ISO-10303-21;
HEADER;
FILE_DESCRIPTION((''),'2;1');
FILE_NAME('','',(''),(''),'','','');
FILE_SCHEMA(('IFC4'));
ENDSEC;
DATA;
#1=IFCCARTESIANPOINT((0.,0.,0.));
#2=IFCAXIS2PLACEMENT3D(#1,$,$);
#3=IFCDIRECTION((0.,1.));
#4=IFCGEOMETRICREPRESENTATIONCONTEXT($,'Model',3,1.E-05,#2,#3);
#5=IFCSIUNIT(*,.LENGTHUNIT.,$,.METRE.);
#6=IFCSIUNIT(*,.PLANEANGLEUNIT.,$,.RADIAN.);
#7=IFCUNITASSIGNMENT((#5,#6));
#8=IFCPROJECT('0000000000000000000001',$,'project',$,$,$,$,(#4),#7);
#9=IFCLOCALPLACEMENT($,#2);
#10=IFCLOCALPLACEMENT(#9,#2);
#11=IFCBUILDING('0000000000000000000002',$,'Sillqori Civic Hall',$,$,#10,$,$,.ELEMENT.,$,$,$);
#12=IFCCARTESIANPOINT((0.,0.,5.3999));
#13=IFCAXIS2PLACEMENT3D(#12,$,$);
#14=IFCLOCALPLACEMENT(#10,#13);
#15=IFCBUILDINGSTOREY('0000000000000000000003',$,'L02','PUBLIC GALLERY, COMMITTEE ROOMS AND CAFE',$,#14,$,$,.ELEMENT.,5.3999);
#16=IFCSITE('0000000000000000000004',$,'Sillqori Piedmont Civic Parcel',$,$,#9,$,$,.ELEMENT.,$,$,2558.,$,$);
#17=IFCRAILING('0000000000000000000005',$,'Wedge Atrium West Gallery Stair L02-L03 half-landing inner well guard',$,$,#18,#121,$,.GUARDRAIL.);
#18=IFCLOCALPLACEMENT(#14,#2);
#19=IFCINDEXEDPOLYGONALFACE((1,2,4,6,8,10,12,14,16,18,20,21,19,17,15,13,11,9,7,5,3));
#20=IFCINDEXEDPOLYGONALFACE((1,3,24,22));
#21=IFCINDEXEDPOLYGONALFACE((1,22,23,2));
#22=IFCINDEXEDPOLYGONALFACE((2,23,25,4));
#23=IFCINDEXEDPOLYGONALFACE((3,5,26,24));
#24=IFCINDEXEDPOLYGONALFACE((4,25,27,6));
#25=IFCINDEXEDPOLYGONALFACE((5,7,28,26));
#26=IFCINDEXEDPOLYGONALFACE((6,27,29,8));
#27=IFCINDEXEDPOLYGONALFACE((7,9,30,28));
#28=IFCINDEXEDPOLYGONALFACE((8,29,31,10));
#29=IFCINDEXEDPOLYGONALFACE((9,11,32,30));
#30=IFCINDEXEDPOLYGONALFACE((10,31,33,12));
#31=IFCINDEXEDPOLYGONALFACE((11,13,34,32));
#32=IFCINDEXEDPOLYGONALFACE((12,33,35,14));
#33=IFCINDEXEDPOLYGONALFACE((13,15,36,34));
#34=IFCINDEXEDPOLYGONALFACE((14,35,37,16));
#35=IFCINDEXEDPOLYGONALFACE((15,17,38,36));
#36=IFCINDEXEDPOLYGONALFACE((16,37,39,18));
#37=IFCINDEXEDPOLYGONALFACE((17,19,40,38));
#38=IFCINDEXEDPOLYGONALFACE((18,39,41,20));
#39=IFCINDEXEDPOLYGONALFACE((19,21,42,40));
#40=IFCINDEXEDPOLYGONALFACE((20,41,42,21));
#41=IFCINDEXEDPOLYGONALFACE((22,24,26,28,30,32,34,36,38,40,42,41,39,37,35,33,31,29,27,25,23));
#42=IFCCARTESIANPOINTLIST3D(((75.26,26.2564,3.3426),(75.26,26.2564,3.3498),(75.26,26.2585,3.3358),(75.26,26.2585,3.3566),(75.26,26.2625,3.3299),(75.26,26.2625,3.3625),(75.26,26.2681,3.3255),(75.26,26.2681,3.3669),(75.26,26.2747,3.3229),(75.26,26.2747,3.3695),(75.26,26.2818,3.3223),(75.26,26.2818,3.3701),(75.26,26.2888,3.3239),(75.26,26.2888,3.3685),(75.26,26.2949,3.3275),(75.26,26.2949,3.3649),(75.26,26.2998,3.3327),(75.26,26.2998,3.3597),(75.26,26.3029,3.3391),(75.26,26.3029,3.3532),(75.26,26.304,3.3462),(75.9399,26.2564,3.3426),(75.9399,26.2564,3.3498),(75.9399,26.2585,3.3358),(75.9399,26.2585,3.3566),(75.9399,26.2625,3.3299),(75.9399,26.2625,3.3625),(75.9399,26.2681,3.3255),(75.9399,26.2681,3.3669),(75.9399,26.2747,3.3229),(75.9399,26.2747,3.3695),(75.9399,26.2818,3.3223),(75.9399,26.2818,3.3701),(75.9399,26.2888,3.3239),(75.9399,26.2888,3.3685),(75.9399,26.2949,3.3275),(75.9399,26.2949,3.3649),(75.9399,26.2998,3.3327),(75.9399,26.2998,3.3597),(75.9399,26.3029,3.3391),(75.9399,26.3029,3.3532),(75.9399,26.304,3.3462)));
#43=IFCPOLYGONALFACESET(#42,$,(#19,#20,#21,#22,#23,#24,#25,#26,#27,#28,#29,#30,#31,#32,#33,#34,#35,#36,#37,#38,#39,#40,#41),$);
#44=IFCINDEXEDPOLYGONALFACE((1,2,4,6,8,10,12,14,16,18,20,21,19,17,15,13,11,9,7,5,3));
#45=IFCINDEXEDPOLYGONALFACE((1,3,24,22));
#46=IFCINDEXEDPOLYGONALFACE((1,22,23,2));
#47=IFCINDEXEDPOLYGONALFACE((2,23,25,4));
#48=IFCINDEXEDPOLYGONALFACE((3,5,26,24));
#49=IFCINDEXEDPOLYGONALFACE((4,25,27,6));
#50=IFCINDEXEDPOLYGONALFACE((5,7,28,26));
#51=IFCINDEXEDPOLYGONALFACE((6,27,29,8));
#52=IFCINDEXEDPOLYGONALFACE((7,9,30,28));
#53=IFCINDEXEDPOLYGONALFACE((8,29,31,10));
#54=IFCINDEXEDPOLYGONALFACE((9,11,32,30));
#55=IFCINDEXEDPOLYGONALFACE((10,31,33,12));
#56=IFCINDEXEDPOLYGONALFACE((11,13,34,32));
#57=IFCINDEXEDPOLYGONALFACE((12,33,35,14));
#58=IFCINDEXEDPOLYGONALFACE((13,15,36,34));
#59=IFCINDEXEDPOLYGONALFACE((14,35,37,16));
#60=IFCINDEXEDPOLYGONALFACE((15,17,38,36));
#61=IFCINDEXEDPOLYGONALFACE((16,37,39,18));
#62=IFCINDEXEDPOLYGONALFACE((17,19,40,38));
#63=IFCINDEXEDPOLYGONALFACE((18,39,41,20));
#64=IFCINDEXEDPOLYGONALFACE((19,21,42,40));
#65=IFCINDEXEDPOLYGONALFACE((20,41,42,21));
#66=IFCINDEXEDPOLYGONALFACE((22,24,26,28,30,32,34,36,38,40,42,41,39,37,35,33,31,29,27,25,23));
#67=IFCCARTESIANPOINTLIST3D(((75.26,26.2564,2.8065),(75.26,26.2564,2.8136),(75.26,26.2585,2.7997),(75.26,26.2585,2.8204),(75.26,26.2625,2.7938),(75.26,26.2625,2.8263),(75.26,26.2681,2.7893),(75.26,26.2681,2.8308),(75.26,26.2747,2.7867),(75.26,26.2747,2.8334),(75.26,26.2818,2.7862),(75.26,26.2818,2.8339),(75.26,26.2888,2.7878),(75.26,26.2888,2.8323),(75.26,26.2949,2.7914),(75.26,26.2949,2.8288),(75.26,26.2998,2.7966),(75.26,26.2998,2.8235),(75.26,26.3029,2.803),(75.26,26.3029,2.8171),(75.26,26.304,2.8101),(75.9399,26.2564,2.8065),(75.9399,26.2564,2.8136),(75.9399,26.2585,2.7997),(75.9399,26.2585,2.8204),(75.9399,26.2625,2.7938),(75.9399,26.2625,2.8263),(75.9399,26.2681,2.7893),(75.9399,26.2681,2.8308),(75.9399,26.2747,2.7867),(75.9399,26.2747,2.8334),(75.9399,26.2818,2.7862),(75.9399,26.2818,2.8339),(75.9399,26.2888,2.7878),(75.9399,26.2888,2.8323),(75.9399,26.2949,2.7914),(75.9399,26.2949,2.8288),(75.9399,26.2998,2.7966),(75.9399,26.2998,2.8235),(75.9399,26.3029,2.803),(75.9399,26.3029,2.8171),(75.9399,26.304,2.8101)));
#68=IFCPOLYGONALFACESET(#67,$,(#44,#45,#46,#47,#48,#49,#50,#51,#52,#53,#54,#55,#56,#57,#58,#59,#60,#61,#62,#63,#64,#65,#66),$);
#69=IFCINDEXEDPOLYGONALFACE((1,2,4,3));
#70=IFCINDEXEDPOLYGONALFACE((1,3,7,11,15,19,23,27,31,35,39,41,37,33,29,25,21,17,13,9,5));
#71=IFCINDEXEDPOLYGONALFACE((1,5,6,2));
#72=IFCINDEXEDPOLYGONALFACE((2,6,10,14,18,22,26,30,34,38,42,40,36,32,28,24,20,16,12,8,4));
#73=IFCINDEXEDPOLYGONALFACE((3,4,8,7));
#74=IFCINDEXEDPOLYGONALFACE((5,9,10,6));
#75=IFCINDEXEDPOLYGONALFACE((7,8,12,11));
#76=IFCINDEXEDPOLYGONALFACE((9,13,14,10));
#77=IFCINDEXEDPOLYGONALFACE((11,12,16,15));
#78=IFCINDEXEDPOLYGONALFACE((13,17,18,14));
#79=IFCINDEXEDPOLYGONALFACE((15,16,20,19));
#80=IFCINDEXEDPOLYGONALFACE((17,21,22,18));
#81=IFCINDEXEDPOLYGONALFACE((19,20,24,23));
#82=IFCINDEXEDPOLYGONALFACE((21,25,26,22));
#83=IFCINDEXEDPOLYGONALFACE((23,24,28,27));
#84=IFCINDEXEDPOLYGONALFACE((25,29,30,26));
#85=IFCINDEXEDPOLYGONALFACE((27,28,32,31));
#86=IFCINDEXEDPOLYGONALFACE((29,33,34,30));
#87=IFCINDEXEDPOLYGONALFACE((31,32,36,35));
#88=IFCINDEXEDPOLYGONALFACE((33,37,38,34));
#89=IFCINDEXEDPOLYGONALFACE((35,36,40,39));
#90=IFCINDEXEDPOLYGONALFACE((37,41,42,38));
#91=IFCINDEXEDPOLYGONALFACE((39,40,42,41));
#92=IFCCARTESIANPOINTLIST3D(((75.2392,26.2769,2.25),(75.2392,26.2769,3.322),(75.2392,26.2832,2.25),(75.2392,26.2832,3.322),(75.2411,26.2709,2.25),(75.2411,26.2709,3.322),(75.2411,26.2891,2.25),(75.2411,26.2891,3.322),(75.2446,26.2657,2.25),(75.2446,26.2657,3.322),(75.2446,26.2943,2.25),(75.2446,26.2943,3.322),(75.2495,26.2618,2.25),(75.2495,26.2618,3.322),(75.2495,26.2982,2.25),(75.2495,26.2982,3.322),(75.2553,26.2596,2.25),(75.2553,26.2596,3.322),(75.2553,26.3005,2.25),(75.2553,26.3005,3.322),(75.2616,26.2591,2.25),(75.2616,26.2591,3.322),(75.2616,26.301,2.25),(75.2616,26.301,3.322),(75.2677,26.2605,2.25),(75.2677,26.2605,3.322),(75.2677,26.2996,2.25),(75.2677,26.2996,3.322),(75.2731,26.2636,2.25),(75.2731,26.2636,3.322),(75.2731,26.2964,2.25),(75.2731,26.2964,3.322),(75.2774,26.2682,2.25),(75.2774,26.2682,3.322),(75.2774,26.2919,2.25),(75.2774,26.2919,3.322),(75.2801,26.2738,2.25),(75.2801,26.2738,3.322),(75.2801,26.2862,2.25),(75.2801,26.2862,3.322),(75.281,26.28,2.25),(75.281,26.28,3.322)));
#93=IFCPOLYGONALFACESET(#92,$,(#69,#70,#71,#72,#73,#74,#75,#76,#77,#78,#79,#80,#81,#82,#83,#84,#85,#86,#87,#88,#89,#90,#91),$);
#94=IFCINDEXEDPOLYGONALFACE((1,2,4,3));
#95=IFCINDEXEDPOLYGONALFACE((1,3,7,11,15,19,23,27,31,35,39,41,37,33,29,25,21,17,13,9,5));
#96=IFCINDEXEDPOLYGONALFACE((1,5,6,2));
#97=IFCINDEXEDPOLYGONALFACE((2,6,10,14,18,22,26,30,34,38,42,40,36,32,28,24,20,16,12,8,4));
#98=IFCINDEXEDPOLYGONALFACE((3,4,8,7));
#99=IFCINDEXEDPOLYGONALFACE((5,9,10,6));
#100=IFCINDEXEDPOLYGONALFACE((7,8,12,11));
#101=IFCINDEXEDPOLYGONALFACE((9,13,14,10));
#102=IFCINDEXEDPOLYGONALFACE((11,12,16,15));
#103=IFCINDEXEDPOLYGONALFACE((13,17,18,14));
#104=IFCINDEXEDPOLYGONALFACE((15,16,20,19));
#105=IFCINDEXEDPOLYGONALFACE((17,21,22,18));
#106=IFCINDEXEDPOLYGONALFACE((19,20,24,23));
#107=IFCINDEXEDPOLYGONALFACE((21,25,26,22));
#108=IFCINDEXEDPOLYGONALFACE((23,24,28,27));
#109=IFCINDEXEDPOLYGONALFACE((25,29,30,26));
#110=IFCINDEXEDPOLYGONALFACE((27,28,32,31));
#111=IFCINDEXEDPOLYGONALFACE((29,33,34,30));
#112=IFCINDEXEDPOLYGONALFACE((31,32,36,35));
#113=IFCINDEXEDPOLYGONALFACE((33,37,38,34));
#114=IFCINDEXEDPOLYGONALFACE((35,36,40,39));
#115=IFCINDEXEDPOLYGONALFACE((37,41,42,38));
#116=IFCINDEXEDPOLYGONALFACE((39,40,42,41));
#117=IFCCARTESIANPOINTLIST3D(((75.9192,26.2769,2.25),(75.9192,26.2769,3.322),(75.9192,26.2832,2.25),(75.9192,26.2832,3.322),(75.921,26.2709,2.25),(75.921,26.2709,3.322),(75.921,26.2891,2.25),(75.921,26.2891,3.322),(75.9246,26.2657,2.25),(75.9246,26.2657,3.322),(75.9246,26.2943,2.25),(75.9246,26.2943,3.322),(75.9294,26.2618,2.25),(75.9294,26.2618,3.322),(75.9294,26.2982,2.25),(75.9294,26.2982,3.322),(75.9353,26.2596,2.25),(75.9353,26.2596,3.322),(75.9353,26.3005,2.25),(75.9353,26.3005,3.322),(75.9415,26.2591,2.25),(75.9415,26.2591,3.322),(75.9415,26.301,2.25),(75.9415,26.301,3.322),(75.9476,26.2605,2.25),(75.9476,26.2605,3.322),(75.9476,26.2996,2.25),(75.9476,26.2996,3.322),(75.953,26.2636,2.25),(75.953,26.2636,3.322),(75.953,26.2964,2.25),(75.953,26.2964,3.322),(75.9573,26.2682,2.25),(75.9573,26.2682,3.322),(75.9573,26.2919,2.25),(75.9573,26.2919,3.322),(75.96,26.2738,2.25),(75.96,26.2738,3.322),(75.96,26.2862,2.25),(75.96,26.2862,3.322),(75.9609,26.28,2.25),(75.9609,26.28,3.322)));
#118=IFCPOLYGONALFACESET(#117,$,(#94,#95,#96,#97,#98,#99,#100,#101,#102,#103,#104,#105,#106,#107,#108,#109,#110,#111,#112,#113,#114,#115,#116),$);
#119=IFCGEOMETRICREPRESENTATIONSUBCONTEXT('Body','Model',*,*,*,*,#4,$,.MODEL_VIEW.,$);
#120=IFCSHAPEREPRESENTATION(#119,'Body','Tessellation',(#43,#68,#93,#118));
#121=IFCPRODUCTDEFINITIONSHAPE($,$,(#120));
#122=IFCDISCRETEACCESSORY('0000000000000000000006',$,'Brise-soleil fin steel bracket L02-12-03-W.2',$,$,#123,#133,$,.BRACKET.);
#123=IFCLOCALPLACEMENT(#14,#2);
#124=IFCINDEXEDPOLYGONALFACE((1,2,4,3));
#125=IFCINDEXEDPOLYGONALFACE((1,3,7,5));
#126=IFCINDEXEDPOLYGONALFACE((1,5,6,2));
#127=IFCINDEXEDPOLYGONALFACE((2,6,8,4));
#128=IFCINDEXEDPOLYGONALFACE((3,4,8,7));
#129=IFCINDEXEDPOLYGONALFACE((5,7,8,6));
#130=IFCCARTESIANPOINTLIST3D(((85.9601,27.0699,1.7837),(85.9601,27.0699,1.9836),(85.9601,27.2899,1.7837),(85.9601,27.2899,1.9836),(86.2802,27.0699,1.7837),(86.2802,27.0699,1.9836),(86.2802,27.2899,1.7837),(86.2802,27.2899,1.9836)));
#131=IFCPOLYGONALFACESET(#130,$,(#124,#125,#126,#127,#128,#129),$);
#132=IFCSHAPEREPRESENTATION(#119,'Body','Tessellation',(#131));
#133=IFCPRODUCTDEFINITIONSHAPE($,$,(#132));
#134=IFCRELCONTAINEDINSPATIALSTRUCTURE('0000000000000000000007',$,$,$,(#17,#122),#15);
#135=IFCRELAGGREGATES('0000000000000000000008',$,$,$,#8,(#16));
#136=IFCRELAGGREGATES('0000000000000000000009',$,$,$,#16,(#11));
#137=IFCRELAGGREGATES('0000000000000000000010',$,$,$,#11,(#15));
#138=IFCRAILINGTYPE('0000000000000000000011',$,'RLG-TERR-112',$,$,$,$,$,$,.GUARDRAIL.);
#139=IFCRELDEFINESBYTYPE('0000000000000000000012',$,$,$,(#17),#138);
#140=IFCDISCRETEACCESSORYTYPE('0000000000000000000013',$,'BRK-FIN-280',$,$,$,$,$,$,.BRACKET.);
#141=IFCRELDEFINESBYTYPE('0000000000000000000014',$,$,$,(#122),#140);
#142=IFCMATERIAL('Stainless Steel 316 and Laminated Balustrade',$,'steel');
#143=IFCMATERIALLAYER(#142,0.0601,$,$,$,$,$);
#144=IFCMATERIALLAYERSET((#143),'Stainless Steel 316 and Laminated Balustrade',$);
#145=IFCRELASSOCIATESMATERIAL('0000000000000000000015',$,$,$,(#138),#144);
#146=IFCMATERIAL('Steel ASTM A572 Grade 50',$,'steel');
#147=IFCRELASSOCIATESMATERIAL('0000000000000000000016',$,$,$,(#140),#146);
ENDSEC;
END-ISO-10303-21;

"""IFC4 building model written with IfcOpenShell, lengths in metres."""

from ifc_helpers import new_model, si_unit, direction, frame, origin, origin_2d, place, context, subcontext, project, spatial, rectangle, circle, extrude, material, layer, layer_set, type_object, element, save


model = new_model("IFC4")

# Units and contexts
model_context = context("Model", 3, precision=1e-05, world=origin(), true_north=direction((0.0, 1.0)))
body_context = subcontext(model_context, "Body", "Model", "MODEL_VIEW")
ifc_project = project(units=[si_unit("LENGTHUNIT", "METRE"), si_unit("PLANEANGLEUNIT", "RADIAN")], contexts=[model_context])

# Site, building, storey
site_placement = place(None, origin())
site = spatial("IfcSite", under=ifc_project, at=site_placement, Name="Sillqori Piedmont Civic Parcel", CompositionType="ELEMENT", RefElevation=2558.0)
building_placement = place(site_placement, origin())
building = spatial("IfcBuilding", under=site, at=building_placement, Name="Sillqori Civic Hall", CompositionType="ELEMENT")
storey_placement = place(building_placement, frame((0.0, 0.0, 5.3999)))
storey = spatial("IfcBuildingStorey", under=building, at=storey_placement, Name="L02", Description="PUBLIC GALLERY, COMMITTEE ROOMS AND CAFE", CompositionType="ELEMENT", Elevation=5.3999)

# Railing
ifc_material_1 = material(Name="Stainless Steel 316 and Laminated Balustrade", Category="steel")
ifc_layer_1 = layer(ifc_material_1, 0.0601)
ifc_layer_set_1 = layer_set([ifc_layer_1], Name="Stainless Steel 316 and Laminated Balustrade")
railing_type_1 = type_object("IfcRailingType", Name="RLG-TERR-112", PredefinedType="GUARDRAIL", material=ifc_layer_set_1)
railing_1_placement = place(storey_placement, frame((75.26, 26.28, 2.25)))
element("IfcRailing", 1, at=railing_1_placement, inside=storey, type_object=railing_type_1, Name="Wedge Atrium West Gallery Stair L02-L03 half-landing inner well guard", PredefinedType="GUARDRAIL", context=body_context, shape_type="SweptSolid", body=[
    extrude(circle(Radius=0.0239, at=origin_2d()), frame((0.0, 0.0, 1.0962), z_axis=(1.0, 0.0, 0.0), x_axis=(0.0, 1.0, 0.0)), (0.0, 0.0, 1.0), 0.6799),
    extrude(circle(Radius=0.0239, at=origin_2d()), frame((0.0, 0.0, 0.5601), z_axis=(1.0, 0.0, 0.0), x_axis=(0.0, 1.0, 0.0)), (0.0, 0.0, 1.0), 0.6799),
    extrude(circle(Radius=0.021, at=origin_2d()), origin(), (0.0, 0.0, 1.0), 1.072),
    extrude(circle(Radius=0.021, at=origin_2d()), frame((0.6799, 0.0, 0.0)), (0.0, 0.0, 1.0), 1.072),
])

# Discrete accessory
ifc_material_2 = material(Name="Steel ASTM A572 Grade 50", Category="steel")
discrete_accessory_type = type_object("IfcDiscreteAccessoryType", Name="BRK-FIN-280", PredefinedType="BRACKET", material=ifc_material_2)
discrete_accessory_placement = place(storey_placement, frame((86.1201, 27.1799, 1.7837), z_axis=(0.0, 0.0, 1.0), x_axis=(0.0, 1.0, 0.0)))
element("IfcDiscreteAccessory", 2, at=discrete_accessory_placement, inside=storey, type_object=discrete_accessory_type, Name="Brise-soleil fin steel bracket L02-12-03-W.2", PredefinedType="BRACKET", context=body_context, shape_type="SweptSolid", body=[
    extrude(rectangle(XDim=0.22, YDim=0.3201, at=origin_2d()), origin(), (0.0, 0.0, 1.0), 0.2),
])

save(model, "model.ifc")
